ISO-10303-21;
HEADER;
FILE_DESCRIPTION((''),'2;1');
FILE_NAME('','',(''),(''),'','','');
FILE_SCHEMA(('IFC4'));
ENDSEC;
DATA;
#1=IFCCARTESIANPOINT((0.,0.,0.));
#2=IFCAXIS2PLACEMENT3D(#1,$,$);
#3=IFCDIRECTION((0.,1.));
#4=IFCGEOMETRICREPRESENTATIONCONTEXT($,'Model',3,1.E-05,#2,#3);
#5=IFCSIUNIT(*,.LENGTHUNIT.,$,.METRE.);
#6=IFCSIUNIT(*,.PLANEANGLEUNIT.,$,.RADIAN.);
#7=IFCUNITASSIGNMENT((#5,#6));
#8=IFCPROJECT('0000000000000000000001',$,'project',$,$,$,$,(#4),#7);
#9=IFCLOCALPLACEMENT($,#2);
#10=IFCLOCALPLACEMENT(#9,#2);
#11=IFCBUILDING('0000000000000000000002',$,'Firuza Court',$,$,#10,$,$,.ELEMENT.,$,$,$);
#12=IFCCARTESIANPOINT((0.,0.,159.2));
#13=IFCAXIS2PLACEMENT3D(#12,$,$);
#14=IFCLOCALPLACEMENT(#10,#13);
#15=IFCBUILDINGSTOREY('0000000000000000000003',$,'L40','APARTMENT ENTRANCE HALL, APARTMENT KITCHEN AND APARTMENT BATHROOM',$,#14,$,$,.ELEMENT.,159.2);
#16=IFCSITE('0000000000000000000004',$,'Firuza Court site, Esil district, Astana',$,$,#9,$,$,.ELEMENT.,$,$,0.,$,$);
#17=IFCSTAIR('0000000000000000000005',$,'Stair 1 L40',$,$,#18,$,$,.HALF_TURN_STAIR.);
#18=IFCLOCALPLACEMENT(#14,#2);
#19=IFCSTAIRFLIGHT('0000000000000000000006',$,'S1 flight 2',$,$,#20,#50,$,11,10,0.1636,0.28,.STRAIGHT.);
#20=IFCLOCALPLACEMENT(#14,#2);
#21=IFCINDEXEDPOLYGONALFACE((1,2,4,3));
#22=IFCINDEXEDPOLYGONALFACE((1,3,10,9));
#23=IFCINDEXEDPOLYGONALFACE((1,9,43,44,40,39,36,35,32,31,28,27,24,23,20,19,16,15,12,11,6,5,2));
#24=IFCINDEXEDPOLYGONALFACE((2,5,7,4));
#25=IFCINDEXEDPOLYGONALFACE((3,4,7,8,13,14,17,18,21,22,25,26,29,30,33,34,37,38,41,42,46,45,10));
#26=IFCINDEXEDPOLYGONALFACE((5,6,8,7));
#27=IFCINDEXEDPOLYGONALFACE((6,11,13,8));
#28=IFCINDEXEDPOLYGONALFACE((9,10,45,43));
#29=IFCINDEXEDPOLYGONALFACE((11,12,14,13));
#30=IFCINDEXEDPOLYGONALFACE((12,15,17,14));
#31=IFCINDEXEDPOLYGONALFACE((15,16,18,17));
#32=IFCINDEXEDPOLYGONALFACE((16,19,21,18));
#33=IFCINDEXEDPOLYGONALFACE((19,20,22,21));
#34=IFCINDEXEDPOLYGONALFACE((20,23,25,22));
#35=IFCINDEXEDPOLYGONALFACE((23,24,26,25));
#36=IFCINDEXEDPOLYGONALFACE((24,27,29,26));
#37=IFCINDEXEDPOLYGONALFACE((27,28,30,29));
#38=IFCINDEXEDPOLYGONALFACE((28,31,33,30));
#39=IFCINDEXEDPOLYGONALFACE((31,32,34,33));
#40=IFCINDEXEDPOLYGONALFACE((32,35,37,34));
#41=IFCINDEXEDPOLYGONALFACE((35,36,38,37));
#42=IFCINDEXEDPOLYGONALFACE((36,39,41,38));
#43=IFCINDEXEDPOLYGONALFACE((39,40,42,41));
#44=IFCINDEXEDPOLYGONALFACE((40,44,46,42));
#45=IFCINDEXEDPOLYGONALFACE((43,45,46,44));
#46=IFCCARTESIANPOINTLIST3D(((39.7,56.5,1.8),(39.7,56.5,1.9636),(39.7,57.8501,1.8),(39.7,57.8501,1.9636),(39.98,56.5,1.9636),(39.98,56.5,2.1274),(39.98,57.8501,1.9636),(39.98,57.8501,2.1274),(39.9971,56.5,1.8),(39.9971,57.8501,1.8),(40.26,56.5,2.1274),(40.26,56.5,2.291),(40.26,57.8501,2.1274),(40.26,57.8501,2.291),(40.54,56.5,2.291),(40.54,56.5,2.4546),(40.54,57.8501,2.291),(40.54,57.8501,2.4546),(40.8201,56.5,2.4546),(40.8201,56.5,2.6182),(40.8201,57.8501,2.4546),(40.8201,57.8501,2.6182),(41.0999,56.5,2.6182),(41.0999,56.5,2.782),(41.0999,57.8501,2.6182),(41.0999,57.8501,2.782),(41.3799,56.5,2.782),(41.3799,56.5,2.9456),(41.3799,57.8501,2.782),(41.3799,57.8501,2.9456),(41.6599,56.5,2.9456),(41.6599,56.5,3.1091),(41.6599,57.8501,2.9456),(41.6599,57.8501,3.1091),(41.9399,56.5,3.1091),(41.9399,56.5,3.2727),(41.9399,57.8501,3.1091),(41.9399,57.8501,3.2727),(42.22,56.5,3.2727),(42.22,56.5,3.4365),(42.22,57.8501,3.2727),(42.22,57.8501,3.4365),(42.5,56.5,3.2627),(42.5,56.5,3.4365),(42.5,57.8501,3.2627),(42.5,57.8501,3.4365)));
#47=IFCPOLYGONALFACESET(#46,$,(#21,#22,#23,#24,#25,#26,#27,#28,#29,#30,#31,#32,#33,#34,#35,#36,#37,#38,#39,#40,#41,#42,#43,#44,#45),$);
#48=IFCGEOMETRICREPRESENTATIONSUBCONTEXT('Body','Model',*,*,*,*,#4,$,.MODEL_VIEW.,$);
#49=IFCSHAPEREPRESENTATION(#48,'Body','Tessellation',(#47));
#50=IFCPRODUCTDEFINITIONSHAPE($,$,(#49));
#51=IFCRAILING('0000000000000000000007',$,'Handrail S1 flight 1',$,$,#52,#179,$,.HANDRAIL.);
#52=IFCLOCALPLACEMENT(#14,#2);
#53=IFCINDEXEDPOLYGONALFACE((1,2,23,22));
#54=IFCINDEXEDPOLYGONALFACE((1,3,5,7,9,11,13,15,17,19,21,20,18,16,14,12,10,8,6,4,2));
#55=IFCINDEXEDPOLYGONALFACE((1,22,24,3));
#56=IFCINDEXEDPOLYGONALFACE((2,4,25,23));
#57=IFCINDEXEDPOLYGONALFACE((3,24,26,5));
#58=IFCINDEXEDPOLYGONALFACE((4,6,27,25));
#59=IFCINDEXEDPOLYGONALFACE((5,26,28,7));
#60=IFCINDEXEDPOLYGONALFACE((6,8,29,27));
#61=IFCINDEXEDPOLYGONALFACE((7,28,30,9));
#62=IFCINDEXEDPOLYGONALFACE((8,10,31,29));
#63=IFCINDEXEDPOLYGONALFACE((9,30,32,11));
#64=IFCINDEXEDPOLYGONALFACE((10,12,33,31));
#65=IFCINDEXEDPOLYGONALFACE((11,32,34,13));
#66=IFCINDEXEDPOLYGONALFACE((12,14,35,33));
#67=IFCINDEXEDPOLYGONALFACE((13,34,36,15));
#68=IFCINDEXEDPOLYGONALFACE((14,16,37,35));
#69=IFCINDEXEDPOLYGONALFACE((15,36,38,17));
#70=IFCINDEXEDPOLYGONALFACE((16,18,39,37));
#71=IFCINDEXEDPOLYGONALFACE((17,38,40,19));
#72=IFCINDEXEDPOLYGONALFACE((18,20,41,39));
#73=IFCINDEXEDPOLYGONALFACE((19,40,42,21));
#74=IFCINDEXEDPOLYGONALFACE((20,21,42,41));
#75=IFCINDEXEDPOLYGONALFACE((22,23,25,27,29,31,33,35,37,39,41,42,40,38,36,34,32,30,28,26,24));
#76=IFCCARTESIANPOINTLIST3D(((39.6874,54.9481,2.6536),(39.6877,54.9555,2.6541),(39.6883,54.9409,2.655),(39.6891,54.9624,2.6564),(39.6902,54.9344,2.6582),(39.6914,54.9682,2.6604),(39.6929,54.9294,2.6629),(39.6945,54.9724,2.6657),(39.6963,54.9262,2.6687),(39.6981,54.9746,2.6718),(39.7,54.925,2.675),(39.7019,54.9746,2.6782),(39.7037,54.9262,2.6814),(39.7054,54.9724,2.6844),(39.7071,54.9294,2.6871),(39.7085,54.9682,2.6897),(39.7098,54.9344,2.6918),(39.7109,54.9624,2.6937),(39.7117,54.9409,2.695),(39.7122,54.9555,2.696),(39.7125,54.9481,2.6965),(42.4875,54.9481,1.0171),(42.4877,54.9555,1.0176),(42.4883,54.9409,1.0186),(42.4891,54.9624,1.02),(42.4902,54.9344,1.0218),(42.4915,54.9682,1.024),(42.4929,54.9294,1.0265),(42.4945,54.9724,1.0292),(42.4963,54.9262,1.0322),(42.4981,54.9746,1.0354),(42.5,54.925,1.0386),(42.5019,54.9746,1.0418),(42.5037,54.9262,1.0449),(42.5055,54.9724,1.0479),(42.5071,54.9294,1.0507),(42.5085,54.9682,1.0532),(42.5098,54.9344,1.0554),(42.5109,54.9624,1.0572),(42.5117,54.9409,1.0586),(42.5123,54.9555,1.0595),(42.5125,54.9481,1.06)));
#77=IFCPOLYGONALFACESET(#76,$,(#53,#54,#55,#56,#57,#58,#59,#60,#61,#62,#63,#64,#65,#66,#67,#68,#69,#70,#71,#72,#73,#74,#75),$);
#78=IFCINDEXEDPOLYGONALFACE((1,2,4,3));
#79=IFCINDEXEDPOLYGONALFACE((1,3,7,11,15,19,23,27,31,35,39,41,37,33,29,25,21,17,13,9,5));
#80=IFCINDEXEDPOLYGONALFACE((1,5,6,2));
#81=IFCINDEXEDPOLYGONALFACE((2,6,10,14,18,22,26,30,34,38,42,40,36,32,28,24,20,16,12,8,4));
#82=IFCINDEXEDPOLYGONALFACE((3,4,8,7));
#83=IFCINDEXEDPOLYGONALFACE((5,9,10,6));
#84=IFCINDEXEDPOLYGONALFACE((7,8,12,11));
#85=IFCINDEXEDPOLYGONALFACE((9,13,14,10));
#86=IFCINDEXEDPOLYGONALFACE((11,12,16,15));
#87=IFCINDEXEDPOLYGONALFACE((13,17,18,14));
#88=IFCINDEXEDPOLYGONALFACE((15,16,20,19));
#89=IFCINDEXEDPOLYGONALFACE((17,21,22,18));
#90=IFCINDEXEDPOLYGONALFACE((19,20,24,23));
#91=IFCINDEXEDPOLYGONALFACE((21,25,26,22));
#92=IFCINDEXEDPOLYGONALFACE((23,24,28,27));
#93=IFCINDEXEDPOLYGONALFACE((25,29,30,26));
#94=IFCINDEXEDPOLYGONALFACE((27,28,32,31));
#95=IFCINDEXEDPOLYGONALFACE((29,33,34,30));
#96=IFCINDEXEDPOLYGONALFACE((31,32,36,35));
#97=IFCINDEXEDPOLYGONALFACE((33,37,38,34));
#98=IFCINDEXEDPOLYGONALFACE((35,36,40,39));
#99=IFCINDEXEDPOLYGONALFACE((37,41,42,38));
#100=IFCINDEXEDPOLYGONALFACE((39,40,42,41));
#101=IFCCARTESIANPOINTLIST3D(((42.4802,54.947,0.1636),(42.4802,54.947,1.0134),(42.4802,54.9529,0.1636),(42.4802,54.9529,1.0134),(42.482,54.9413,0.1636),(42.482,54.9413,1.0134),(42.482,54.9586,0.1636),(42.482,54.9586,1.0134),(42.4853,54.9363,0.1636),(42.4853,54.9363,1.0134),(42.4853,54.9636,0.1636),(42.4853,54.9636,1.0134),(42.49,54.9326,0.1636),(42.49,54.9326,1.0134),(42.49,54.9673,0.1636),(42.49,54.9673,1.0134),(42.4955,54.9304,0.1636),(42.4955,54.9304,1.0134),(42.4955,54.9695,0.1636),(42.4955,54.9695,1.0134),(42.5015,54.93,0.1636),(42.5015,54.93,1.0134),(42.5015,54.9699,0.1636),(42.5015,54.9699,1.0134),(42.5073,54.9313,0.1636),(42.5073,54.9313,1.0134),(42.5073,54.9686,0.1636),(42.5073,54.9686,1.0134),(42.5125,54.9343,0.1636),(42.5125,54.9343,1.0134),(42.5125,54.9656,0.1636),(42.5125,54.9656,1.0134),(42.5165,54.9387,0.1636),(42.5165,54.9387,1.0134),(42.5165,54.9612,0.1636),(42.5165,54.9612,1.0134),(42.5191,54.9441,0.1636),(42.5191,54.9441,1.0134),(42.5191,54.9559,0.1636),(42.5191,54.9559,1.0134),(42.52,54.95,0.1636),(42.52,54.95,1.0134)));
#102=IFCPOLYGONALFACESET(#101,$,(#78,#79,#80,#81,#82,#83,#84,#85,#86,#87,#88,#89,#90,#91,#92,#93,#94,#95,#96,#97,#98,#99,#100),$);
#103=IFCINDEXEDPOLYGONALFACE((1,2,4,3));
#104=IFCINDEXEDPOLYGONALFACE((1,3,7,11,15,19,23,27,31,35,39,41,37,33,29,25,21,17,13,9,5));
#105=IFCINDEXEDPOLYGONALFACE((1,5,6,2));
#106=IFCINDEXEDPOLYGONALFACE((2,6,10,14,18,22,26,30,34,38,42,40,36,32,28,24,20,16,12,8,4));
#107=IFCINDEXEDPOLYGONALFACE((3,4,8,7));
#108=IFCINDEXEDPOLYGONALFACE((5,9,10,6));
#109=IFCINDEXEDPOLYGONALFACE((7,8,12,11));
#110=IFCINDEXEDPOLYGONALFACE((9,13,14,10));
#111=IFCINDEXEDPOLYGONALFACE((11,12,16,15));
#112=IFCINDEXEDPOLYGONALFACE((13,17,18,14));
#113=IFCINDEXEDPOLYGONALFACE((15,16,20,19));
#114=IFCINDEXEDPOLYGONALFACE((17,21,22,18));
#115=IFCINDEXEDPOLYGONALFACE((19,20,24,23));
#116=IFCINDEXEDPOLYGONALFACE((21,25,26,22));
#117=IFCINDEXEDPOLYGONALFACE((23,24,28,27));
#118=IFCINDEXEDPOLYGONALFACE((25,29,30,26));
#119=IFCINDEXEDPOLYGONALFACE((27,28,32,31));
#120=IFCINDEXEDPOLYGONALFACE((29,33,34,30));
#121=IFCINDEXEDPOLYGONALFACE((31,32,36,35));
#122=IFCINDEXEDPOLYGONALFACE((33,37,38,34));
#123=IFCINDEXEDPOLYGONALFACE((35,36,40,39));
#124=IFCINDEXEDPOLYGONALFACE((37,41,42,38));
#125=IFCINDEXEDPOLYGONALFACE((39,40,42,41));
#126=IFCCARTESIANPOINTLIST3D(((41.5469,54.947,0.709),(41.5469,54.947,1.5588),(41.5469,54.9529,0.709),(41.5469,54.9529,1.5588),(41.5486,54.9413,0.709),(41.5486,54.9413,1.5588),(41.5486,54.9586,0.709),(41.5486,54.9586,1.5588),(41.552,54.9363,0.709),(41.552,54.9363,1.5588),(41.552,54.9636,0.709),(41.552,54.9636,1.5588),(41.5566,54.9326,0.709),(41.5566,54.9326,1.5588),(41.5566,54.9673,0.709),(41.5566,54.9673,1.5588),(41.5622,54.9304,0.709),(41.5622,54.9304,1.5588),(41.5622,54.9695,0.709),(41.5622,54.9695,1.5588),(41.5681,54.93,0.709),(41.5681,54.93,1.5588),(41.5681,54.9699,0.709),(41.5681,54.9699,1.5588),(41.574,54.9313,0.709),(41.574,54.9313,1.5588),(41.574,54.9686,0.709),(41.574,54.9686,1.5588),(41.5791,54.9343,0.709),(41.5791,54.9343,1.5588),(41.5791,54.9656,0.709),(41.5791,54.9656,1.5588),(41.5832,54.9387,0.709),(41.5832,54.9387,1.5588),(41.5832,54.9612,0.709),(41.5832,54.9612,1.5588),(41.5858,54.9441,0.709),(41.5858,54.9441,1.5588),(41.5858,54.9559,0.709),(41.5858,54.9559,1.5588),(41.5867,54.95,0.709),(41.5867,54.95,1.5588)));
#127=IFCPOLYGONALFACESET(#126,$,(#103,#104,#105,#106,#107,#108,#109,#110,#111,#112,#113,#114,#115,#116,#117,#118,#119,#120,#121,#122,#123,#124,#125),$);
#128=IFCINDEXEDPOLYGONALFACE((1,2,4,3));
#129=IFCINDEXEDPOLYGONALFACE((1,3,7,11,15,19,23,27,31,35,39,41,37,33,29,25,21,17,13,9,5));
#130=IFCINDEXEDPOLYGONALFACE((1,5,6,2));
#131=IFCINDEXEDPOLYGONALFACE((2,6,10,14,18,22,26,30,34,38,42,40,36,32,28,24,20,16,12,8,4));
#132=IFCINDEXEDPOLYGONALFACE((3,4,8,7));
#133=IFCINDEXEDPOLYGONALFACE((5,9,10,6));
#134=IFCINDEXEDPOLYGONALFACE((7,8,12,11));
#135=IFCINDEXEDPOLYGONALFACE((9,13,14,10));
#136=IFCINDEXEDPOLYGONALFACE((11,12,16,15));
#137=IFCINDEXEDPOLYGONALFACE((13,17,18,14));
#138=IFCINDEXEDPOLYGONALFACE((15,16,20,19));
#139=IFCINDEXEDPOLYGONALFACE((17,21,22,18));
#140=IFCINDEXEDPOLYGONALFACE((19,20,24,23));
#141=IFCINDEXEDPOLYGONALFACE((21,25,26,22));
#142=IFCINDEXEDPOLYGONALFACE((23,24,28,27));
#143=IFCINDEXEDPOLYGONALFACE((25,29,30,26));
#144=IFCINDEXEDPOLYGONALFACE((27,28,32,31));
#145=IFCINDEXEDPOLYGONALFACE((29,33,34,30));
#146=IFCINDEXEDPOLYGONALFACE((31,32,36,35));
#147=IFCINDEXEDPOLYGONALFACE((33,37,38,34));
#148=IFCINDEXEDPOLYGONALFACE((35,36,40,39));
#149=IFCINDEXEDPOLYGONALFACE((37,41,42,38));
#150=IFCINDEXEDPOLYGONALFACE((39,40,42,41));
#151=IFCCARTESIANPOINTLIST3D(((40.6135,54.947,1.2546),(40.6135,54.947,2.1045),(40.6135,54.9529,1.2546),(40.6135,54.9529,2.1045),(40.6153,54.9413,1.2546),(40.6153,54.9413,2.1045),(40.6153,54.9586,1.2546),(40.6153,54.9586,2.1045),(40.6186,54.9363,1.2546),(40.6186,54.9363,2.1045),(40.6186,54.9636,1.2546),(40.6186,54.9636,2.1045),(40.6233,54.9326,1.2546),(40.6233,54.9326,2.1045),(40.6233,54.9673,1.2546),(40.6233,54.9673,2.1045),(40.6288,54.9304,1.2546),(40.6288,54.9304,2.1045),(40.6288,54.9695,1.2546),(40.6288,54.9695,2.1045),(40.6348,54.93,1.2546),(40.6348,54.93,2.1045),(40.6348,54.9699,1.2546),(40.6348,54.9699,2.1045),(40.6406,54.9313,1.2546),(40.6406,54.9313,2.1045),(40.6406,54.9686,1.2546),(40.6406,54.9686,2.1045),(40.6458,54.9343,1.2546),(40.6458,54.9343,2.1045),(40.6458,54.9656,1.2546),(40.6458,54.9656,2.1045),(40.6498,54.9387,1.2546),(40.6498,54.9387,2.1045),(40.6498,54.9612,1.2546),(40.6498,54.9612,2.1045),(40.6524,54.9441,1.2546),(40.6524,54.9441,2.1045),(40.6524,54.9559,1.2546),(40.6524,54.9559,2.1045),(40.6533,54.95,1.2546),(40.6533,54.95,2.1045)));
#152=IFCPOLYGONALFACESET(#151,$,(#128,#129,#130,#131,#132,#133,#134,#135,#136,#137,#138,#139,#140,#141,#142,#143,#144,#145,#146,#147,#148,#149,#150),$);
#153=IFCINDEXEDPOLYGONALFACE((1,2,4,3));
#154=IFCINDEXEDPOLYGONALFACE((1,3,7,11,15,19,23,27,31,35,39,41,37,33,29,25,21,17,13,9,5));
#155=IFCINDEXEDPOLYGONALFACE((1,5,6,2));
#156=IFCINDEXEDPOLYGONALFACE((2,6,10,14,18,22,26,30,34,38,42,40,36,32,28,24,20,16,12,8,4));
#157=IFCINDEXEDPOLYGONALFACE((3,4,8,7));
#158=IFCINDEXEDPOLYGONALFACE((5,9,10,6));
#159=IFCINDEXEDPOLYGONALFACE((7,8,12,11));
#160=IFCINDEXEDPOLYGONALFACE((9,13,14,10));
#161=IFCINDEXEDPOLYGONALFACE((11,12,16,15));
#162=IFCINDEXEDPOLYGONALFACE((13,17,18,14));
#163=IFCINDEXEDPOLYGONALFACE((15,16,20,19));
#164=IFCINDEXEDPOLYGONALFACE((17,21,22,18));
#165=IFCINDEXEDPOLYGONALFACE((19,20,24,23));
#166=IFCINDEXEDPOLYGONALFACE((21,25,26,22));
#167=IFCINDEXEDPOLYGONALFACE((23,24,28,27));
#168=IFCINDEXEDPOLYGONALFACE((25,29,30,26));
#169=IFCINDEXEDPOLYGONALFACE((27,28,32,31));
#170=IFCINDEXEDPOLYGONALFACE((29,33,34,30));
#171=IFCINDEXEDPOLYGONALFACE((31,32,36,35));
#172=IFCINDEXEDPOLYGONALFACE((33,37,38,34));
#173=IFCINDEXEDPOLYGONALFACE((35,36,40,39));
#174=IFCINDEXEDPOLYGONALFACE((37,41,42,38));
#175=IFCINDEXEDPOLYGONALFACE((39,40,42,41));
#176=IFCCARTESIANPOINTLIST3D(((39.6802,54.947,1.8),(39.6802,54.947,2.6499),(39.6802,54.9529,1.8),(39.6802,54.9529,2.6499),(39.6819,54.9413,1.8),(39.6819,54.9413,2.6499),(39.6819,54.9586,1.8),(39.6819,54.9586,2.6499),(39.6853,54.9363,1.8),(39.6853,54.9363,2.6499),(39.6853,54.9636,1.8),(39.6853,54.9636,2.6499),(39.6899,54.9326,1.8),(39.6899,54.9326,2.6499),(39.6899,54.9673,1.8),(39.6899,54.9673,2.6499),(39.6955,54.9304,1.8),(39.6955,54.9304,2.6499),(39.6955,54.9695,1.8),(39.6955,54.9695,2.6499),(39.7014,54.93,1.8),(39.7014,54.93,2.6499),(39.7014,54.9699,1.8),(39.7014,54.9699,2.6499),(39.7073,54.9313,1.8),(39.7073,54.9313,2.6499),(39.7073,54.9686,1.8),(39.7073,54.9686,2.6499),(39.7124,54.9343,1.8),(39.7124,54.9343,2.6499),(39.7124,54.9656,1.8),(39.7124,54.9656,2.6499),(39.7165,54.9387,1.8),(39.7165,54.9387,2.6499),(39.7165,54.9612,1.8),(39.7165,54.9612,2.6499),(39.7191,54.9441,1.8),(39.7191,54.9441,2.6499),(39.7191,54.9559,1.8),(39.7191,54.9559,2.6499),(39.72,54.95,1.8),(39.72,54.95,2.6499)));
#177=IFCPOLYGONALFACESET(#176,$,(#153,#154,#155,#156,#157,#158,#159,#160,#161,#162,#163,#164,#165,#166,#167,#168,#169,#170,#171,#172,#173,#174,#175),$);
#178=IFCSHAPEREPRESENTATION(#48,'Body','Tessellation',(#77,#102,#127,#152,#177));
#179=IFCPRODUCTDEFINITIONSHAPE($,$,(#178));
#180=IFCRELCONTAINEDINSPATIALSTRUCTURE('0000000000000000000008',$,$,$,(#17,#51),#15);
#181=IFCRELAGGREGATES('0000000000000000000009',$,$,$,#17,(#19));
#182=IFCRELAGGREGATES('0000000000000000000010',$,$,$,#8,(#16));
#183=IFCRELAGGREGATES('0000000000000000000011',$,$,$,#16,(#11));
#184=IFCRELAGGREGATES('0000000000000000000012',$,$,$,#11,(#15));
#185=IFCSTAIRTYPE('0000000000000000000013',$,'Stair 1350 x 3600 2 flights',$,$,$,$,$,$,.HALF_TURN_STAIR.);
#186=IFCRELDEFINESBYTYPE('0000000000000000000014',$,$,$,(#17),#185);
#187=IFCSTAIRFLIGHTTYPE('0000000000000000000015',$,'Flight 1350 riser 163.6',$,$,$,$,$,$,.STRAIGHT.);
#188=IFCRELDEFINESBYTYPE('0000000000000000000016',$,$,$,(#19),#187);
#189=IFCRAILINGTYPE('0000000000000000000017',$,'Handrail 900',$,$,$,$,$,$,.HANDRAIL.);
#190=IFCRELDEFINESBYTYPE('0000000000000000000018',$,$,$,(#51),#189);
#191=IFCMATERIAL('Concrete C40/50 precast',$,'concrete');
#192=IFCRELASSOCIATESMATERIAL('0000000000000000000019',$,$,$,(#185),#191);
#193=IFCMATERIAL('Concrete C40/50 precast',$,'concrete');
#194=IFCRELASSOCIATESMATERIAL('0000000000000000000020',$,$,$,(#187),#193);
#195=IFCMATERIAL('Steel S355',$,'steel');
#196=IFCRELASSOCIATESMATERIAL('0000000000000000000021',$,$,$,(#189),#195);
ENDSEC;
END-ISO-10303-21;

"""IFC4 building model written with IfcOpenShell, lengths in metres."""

from ifc_helpers import new_model, si_unit, direction, frame, origin, origin_2d, place, context, subcontext, project, spatial, polyline, circle, outline, extrude, material, type_object, element, aggregate, save


model = new_model("IFC4")

# Units and contexts
model_context = context("Model", 3, precision=1e-05, world=origin(), true_north=direction((0.0, 1.0)))
body_context = subcontext(model_context, "Body", "Model", "MODEL_VIEW")
ifc_project = project(units=[si_unit("LENGTHUNIT", "METRE"), si_unit("PLANEANGLEUNIT", "RADIAN")], contexts=[model_context])

# Site, building, storey
site_placement = place(None, origin())
site = spatial("IfcSite", under=ifc_project, at=site_placement, Name="Firuza Court site, Esil district, Astana", CompositionType="ELEMENT", RefElevation=0.0)
building_placement = place(site_placement, origin())
building = spatial("IfcBuilding", under=site, at=building_placement, Name="Firuza Court", CompositionType="ELEMENT")
storey_placement = place(building_placement, frame((0.0, 0.0, 159.2)))
storey = spatial("IfcBuildingStorey", under=building, at=storey_placement, Name="L40", Description="APARTMENT ENTRANCE HALL, APARTMENT KITCHEN AND APARTMENT BATHROOM", CompositionType="ELEMENT", Elevation=159.2)

# Stair, stair flight
ifc_material_1 = material(Name="Concrete C40/50 precast", Category="concrete")
stair_type = type_object("IfcStairType", Name="Stair 1350 x 3600 2 flights", PredefinedType="HALF_TURN_STAIR", material=ifc_material_1)
stair_placement = place(storey_placement, origin())
stair = element("IfcStair", 1, at=stair_placement, inside=storey, type_object=stair_type, Name="Stair 1 L40", PredefinedType="HALF_TURN_STAIR")
ifc_material_2 = material(Name="Concrete C40/50 precast", Category="concrete")
stair_flight_type = type_object("IfcStairFlightType", Name="Flight 1350 riser 163.6", PredefinedType="STRAIGHT", material=ifc_material_2)
stair_flight_1_placement = place(storey_placement, frame((39.7, 57.175, 1.8), z_axis=(0.0, 0.0, 1.0), x_axis=(1.0, 0.0, 0.0)))
stair_flight_1 = element("IfcStairFlight", 2, at=stair_flight_1_placement, type_object=stair_flight_type, Name="S1 flight 2", NumberOfRisers=11, NumberOfTreads=10, PredefinedType="STRAIGHT", RiserHeight=0.1636, TreadLength=0.28, context=body_context, shape_type="SweptSolid", body=[
    extrude(outline(polyline([(0.0, 0.0), (0.0, 0.1636), (0.28, 0.1636), (0.28, 0.3274), (0.5601, 0.3274), (0.5601, 0.491), (0.8401, 0.491), (0.8401, 0.6545), (1.1201, 0.6545), (1.1201, 0.8181), (1.3999, 0.8181), (1.3999, 0.9819), (1.6799, 0.9819), (1.6799, 1.1455), (1.96, 1.1455), (1.96, 1.3091), (2.24, 1.3091), (2.24, 1.4727), (2.52, 1.4727), (2.52, 1.6365), (2.8, 1.6365), (2.8, 1.8), (2.8, 1.4626), (0.2971, 0.0), (0.0, 0.0)])), frame((0.0, 0.675, 0.0), z_axis=(0.0, -1.0, 0.0), x_axis=(1.0, 0.0, 0.0)), (0.0, 0.0, 1.0), 1.3501),
])
aggregate(stair, [stair_flight_1])

# Railing
ifc_material_3 = material(Name="Steel S355", Category="steel")
railing_type_1 = type_object("IfcRailingType", Name="Handrail 900", PredefinedType="HANDRAIL", material=ifc_material_3)
railing_1_placement = place(storey_placement, frame((42.5, 54.95, 0.1636)))
element("IfcRailing", 3, at=railing_1_placement, inside=storey, type_object=railing_type_1, Name="Handrail S1 flight 1", PredefinedType="HANDRAIL", context=body_context, shape_type="SweptSolid", body=[
    extrude(circle(Radius=0.0249, at=origin_2d()), frame((0.0, 0.0, 0.875), z_axis=(-0.863361, 0.0, 0.504587), x_axis=(0.0, -1.0, 0.0)), (0.0, 0.0, 1.0), 3.2432),
    extrude(circle(Radius=0.02, at=origin_2d()), origin(), (0.0, 0.0, 1.0), 0.8499),
    extrude(circle(Radius=0.02, at=origin_2d()), frame((-0.9333, 0.0, 0.5454)), (0.0, 0.0, 1.0), 0.8499),
    extrude(circle(Radius=0.02, at=origin_2d()), frame((-1.8667, 0.0, 1.0911)), (0.0, 0.0, 1.0), 0.8499),
    extrude(circle(Radius=0.02, at=origin_2d()), frame((-2.8, 0.0, 1.6365)), (0.0, 0.0, 1.0), 0.8499),
])

save(model, "model.ifc")
